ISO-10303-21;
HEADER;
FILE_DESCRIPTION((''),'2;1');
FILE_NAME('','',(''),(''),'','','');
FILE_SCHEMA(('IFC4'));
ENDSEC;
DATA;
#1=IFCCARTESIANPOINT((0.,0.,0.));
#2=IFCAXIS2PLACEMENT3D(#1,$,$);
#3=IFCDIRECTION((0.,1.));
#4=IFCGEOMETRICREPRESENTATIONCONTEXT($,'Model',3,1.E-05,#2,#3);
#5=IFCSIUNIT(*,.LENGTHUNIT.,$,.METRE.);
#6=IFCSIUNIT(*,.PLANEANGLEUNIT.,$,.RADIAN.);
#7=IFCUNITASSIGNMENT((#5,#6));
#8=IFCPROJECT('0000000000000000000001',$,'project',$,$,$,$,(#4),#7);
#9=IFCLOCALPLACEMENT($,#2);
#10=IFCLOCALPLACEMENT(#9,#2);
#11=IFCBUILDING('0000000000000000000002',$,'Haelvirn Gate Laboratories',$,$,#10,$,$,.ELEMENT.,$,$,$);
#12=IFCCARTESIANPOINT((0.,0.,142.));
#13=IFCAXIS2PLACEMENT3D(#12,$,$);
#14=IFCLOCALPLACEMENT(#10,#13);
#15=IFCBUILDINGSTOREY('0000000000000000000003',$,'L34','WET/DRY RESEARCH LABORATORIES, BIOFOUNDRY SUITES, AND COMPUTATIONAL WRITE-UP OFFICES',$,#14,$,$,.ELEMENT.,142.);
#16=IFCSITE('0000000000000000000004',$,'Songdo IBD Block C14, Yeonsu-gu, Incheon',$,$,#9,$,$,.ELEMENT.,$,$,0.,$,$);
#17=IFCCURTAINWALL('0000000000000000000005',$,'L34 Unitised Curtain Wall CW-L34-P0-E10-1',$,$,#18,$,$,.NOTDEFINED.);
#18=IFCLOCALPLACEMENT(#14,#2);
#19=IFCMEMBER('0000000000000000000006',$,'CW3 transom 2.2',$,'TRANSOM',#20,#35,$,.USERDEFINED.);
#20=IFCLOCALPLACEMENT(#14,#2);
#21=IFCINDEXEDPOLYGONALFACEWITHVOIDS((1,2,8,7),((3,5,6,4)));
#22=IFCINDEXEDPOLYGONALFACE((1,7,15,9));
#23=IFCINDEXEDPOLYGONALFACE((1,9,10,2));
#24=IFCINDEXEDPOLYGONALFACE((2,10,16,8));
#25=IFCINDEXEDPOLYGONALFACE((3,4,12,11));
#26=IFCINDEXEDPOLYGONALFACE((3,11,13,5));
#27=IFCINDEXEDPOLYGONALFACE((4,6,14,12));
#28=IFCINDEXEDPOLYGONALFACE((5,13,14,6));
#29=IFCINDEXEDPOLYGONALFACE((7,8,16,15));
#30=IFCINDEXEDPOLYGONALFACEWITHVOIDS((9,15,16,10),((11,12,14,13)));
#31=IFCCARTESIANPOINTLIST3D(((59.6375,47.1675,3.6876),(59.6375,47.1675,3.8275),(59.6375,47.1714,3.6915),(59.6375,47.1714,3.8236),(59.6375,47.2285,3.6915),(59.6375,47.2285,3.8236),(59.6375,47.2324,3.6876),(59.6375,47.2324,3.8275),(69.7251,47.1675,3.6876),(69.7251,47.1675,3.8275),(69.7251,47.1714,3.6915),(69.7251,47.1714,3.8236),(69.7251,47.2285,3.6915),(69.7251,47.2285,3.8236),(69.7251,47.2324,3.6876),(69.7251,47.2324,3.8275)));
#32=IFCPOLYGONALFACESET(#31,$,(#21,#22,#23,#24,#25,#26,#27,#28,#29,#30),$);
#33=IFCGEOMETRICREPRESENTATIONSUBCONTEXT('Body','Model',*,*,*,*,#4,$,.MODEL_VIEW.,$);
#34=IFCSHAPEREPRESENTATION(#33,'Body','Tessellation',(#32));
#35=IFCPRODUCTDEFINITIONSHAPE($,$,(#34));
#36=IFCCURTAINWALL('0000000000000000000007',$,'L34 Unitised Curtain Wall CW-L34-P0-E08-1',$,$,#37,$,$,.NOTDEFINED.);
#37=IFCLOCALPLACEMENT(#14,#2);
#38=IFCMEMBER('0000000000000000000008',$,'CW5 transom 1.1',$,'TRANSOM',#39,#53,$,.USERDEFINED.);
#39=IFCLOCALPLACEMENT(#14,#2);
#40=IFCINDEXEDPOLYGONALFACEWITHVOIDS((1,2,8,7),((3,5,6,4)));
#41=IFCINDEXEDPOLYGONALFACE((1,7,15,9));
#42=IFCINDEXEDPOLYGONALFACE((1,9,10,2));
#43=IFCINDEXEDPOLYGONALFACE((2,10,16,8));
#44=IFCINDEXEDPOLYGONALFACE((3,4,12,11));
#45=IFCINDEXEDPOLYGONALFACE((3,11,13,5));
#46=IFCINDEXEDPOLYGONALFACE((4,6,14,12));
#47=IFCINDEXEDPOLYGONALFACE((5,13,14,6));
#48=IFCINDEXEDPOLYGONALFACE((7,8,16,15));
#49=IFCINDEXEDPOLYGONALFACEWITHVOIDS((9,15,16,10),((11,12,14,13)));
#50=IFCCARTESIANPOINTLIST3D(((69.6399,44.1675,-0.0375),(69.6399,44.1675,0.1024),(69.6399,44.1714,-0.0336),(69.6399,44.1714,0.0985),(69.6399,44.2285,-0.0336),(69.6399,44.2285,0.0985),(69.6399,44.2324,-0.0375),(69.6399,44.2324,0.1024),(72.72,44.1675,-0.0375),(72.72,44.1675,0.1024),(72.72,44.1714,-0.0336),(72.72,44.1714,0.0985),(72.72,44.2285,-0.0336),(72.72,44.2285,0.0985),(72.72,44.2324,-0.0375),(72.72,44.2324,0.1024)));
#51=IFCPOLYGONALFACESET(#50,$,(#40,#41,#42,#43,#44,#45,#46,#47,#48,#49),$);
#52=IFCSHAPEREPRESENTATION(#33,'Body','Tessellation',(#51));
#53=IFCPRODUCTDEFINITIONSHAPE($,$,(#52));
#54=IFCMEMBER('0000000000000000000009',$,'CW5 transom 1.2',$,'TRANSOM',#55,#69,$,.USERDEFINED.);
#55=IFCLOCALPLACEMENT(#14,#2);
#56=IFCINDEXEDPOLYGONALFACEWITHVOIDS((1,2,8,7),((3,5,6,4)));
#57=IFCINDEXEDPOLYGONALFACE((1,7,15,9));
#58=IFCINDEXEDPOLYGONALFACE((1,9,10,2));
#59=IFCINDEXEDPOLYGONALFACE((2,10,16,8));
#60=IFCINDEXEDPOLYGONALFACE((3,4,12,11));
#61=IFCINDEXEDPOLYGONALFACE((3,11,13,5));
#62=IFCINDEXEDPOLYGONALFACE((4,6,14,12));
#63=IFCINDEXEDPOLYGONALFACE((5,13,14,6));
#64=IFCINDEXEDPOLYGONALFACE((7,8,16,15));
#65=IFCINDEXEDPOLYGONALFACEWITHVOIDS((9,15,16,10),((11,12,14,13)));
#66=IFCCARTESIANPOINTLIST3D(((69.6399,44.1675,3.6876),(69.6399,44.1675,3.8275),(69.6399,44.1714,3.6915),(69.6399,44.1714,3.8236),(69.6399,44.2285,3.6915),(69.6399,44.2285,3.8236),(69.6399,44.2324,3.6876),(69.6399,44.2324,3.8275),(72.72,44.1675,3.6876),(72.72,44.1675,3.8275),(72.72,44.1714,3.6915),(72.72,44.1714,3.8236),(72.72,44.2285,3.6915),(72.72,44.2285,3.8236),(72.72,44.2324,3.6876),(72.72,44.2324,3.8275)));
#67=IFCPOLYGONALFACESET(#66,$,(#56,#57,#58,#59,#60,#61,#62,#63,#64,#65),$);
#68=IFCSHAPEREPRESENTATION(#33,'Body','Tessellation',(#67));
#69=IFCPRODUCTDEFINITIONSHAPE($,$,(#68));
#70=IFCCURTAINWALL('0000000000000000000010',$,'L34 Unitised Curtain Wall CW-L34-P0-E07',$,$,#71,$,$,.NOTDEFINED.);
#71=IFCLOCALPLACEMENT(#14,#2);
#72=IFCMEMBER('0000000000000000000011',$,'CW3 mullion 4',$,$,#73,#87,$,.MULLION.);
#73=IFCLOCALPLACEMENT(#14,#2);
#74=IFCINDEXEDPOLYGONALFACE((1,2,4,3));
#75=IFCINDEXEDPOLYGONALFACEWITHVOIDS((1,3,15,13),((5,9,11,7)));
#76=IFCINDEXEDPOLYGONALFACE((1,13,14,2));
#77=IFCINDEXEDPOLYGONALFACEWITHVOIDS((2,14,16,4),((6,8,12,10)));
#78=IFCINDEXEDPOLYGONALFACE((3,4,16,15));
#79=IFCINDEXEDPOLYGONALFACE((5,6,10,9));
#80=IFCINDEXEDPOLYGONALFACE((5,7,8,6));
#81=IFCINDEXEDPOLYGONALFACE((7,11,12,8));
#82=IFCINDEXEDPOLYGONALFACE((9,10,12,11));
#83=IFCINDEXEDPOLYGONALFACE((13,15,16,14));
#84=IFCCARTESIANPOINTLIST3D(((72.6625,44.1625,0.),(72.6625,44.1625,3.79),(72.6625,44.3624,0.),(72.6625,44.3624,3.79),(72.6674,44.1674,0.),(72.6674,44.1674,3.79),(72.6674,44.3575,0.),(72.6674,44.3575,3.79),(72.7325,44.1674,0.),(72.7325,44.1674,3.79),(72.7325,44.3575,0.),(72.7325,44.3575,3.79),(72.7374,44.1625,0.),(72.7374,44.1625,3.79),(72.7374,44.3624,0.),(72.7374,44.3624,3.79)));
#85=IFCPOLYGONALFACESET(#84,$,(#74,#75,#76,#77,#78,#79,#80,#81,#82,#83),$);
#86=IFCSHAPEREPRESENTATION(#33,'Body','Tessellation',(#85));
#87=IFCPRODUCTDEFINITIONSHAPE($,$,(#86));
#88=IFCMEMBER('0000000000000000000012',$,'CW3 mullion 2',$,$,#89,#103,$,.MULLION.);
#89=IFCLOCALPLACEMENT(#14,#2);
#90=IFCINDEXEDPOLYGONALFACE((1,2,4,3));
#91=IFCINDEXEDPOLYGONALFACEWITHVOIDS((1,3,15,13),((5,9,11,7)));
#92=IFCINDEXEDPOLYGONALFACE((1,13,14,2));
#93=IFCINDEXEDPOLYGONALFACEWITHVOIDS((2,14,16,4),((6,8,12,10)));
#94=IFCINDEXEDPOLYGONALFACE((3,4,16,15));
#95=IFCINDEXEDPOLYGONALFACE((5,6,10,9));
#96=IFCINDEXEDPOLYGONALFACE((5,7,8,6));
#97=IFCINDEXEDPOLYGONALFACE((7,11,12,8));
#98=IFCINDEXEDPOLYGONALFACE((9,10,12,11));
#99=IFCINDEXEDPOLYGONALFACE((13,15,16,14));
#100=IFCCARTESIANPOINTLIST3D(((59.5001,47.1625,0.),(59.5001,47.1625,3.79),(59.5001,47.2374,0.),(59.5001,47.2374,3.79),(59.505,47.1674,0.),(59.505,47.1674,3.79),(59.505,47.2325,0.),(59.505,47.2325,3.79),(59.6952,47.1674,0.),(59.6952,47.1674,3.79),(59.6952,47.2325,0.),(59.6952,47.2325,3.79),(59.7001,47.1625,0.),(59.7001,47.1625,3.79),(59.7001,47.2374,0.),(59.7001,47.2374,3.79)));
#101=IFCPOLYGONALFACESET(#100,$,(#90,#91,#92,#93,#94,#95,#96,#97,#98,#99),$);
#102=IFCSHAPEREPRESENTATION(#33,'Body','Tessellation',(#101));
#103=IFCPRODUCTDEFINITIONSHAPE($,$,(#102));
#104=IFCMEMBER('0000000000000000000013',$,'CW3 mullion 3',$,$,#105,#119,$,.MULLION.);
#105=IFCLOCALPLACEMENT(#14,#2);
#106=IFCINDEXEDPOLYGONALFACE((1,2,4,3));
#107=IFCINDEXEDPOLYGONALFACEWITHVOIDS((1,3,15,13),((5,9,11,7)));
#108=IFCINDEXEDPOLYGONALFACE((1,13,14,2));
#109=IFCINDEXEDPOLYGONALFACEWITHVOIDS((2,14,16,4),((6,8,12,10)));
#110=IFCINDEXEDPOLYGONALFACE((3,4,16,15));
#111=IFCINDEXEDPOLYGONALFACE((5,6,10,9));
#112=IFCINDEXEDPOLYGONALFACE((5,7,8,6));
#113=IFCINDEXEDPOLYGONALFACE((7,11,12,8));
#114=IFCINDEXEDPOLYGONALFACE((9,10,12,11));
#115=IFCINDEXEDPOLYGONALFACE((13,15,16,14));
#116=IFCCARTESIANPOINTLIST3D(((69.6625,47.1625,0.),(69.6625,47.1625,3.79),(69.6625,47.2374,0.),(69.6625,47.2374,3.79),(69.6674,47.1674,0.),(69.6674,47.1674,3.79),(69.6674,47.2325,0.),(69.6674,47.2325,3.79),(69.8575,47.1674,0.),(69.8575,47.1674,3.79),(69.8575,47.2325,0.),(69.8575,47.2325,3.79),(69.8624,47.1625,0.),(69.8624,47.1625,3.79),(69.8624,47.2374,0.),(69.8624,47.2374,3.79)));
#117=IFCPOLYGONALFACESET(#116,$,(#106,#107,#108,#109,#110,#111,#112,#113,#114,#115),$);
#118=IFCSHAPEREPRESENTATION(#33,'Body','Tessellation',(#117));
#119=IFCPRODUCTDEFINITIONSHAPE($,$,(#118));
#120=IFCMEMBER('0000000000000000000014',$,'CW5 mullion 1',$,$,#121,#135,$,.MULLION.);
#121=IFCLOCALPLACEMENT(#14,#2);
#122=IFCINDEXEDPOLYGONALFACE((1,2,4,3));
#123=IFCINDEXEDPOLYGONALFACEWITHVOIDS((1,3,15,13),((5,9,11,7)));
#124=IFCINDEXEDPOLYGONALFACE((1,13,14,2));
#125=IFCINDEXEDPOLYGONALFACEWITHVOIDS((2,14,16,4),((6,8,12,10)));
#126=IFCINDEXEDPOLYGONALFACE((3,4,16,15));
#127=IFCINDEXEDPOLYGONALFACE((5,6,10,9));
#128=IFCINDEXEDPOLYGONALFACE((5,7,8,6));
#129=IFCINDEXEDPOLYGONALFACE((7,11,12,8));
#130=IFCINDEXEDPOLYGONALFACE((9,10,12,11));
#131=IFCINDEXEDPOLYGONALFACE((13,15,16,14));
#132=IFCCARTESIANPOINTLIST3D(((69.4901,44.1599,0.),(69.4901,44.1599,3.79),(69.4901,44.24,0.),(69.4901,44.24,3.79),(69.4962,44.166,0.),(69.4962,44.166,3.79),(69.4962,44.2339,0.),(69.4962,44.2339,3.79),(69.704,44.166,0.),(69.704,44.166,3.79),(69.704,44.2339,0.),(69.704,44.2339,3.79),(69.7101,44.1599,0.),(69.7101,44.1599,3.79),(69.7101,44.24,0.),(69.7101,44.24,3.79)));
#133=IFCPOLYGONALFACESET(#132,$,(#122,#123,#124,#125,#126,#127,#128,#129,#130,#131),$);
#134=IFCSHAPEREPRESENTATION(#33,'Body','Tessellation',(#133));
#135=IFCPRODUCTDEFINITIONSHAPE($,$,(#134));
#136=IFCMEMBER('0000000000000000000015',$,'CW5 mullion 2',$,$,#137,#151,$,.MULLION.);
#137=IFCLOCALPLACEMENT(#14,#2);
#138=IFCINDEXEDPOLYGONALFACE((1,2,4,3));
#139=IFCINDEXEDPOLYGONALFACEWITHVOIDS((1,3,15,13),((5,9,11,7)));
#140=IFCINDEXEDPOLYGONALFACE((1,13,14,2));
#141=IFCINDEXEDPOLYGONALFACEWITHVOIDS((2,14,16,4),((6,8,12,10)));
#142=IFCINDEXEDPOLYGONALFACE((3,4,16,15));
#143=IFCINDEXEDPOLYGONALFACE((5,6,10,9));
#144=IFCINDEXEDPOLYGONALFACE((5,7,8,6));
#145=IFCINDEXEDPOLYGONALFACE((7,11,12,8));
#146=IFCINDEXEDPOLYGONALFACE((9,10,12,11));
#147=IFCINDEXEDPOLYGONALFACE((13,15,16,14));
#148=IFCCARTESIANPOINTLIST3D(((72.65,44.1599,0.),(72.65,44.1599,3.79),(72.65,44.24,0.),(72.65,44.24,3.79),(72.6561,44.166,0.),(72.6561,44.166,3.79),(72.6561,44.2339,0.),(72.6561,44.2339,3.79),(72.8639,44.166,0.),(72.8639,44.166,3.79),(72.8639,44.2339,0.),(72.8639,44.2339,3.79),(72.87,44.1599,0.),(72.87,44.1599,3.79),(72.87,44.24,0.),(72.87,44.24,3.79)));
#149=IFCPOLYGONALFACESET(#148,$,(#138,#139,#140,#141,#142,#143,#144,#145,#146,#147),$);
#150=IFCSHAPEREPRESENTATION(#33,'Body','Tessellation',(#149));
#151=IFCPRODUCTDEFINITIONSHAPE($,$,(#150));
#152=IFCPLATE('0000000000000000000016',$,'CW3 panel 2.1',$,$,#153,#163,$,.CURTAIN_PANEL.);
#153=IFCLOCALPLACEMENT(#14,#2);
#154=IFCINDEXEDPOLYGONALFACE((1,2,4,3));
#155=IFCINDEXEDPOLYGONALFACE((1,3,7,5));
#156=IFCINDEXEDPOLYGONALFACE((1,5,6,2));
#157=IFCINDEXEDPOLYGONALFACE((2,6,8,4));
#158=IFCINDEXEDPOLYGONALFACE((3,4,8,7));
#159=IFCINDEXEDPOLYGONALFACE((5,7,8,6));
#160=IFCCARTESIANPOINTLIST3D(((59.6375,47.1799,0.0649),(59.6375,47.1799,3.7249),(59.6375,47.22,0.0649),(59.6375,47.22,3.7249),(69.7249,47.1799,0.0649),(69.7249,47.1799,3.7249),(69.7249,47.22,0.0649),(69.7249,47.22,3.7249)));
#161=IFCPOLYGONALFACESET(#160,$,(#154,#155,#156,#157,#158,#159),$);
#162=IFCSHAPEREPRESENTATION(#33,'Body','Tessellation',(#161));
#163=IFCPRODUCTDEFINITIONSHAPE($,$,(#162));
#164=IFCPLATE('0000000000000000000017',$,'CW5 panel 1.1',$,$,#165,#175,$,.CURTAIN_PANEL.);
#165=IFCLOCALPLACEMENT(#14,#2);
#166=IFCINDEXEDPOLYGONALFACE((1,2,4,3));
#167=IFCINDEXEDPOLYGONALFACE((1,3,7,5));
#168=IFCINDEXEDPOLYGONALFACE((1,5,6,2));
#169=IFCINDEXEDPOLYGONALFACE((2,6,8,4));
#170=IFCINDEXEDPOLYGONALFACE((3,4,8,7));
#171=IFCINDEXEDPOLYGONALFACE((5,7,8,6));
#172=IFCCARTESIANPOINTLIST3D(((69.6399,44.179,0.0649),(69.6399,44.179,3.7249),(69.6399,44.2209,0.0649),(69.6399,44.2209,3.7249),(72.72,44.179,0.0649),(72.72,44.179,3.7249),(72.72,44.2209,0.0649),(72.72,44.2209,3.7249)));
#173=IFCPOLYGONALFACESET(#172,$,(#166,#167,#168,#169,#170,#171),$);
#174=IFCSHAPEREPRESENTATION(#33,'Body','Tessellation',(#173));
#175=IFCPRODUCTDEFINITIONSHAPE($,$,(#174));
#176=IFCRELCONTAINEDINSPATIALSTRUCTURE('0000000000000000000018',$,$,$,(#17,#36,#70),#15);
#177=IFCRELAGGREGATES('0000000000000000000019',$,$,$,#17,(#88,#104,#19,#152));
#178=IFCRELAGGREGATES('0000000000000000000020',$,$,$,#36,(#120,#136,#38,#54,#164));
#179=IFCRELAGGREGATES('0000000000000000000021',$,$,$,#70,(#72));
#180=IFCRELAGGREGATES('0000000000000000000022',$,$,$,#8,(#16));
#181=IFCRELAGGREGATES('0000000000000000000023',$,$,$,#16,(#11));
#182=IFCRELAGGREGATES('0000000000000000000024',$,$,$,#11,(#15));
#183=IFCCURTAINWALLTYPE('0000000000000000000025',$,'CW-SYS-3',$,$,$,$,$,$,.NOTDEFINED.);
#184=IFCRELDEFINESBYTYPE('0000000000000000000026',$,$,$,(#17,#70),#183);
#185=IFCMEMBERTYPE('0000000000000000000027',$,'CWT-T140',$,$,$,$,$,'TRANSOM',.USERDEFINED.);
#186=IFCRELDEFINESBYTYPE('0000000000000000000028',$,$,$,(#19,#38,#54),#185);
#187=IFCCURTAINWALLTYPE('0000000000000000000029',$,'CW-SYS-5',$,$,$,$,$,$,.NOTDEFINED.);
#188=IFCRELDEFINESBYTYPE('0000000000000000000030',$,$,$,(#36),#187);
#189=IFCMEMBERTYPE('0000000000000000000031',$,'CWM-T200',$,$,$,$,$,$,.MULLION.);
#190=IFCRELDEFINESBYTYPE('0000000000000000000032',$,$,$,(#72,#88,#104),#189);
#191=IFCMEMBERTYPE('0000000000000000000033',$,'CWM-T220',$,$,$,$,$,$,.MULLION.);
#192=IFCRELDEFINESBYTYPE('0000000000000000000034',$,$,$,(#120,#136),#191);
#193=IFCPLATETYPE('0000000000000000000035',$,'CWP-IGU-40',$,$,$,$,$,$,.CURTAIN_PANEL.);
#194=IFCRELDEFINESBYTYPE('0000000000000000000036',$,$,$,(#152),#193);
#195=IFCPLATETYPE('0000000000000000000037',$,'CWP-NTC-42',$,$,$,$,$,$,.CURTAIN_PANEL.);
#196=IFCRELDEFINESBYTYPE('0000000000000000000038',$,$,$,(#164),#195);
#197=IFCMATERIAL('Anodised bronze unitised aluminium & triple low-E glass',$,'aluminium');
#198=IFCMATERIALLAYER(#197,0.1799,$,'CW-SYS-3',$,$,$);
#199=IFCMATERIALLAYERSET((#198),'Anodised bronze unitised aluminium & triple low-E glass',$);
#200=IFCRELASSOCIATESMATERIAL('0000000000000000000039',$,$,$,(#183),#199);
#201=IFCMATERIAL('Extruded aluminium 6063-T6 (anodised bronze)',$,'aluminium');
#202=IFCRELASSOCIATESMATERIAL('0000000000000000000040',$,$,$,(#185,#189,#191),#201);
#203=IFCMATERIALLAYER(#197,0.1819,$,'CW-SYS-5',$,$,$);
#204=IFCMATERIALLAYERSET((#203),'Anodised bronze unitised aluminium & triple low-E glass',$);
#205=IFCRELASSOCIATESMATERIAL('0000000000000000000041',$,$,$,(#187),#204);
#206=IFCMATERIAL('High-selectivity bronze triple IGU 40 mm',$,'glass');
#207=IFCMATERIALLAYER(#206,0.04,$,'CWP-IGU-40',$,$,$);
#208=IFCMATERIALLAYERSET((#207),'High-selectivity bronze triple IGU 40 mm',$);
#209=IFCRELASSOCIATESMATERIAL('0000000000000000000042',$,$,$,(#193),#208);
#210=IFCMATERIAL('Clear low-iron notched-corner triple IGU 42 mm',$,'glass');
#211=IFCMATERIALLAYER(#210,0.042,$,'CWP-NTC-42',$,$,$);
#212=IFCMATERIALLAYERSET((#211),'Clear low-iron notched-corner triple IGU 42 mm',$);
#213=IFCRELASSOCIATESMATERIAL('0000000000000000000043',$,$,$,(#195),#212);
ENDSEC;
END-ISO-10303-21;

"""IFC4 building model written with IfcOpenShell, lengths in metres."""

from ifc_helpers import new_model, si_unit, direction, frame, origin, origin_2d, place, context, subcontext, project, spatial, rectangle, hollow_rectangle, extrude, source, transform, mapped, material, layer, layer_set, material_profile, profile_set, type_object, type_shapes, element, aggregate, save


model = new_model("IFC4")

# Units and contexts
model_context = context("Model", 3, precision=1e-05, world=origin(), true_north=direction((0.0, 1.0)))
body_context = subcontext(model_context, "Body", "Model", "MODEL_VIEW")
ifc_project = project(units=[si_unit("LENGTHUNIT", "METRE"), si_unit("PLANEANGLEUNIT", "RADIAN")], contexts=[model_context])

# Site, building, storey
site_placement = place(None, origin())
site = spatial("IfcSite", under=ifc_project, at=site_placement, Name="Songdo IBD Block C14, Yeonsu-gu, Incheon", CompositionType="ELEMENT", RefElevation=0.0)
building_placement = place(site_placement, origin())
building = spatial("IfcBuilding", under=site, at=building_placement, Name="Haelvirn Gate Laboratories", CompositionType="ELEMENT")
storey_placement = place(building_placement, frame((0.0, 0.0, 142.0)))
storey = spatial("IfcBuildingStorey", under=building, at=storey_placement, Name="L34", Description="WET/DRY RESEARCH LABORATORIES, BIOFOUNDRY SUITES, AND COMPUTATIONAL WRITE-UP OFFICES", CompositionType="ELEMENT", Elevation=142.0)

# Curtain walls, members
ifc_material_1 = material(Name="Anodised bronze unitised aluminium & triple low-E glass", Category="aluminium")
ifc_layer_1 = layer(ifc_material_1, 0.1799, Name="CW-SYS-3")
ifc_layer_set_1 = layer_set([ifc_layer_1], Name="Anodised bronze unitised aluminium & triple low-E glass")
curtain_wall_type_1 = type_object("IfcCurtainWallType", Name="CW-SYS-3", PredefinedType="NOTDEFINED", material=ifc_layer_set_1)
curtain_wall_1_placement = place(storey_placement, origin())
curtain_wall_1 = element("IfcCurtainWall", 1, at=curtain_wall_1_placement, inside=storey, type_object=curtain_wall_type_1, Name="L34 Unitised Curtain Wall CW-L34-P0-E10-1", PredefinedType="NOTDEFINED")
ifc_material_2 = material(Name="Extruded aluminium 6063-T6 (anodised bronze)", Category="aluminium")
ifc_material_profile_1 = material_profile(ifc_material_2, hollow_rectangle(XDim=0.0649, YDim=0.1399, WallThickness=0.0039, at=origin_2d()), Name="CWT-140x65x4")
ifc_profile_set_1 = profile_set([ifc_material_profile_1], Name="Extruded aluminium 6063-T6 (anodised bronze)")
member_type_1 = type_object("IfcMemberType", Name="CWT-T140", ElementType="TRANSOM", PredefinedType="USERDEFINED", material=ifc_profile_set_1)
shared_shape_1 = source(origin(), body_context, "Body", "SweptSolid", [
    extrude(hollow_rectangle(XDim=0.0649, YDim=0.1399, WallThickness=0.0039, at=origin_2d()), origin(), (0.0, 0.0, 1.0), 10.0876),
])
member_1_placement = place(storey_placement, frame((59.6375, 47.2, 3.7576), z_axis=(1.0, 0.0, 0.0), x_axis=(0.0, 1.0, 0.0)))
member_1 = element("IfcMember", 2, at=member_1_placement, type_object=member_type_1, Name="CW3 transom 2.2", ObjectType="TRANSOM", PredefinedType="USERDEFINED", context=body_context, shape_type="MappedRepresentation", body=[
    mapped(shared_shape_1, transform((0.0, 0.0, 0.0), scale=1.0)),
])
ifc_layer_2 = layer(ifc_material_1, 0.1819, Name="CW-SYS-5")
ifc_layer_set_2 = layer_set([ifc_layer_2], Name="Anodised bronze unitised aluminium & triple low-E glass")
curtain_wall_type_2 = type_object("IfcCurtainWallType", Name="CW-SYS-5", PredefinedType="NOTDEFINED", material=ifc_layer_set_2)
curtain_wall_2_placement = place(storey_placement, origin())
curtain_wall_2 = element("IfcCurtainWall", 3, at=curtain_wall_2_placement, inside=storey, type_object=curtain_wall_type_2, Name="L34 Unitised Curtain Wall CW-L34-P0-E08-1", PredefinedType="NOTDEFINED")
shared_shape_2 = source(origin(), body_context, "Body", "SweptSolid", [
    extrude(hollow_rectangle(XDim=0.0649, YDim=0.1399, WallThickness=0.0039, at=origin_2d()), origin(), (0.0, 0.0, 1.0), 3.0801),
])
type_shapes(member_type_1, [shared_shape_1, shared_shape_2])
member_2_placement = place(storey_placement, frame((69.6399, 44.2, 0.0325), z_axis=(1.0, 0.0, 0.0), x_axis=(0.0, 1.0, 0.0)))
member_2 = element("IfcMember", 4, at=member_2_placement, type_object=member_type_1, Name="CW5 transom 1.1", ObjectType="TRANSOM", PredefinedType="USERDEFINED", context=body_context, shape_type="MappedRepresentation", body=[
    mapped(shared_shape_2, transform((0.0, 0.0, 0.0), scale=1.0)),
])
member_3_placement = place(storey_placement, frame((69.6399, 44.2, 3.7576), z_axis=(1.0, 0.0, 0.0), x_axis=(0.0, 1.0, 0.0)))
member_3 = element("IfcMember", 5, at=member_3_placement, type_object=member_type_1, Name="CW5 transom 1.2", ObjectType="TRANSOM", PredefinedType="USERDEFINED", context=body_context, shape_type="MappedRepresentation", body=[
    mapped(shared_shape_2, transform((0.0, 0.0, 0.0), scale=1.0)),
])

# Curtain wall, member
curtain_wall_3_placement = place(storey_placement, origin())
curtain_wall_3 = element("IfcCurtainWall", 6, at=curtain_wall_3_placement, inside=storey, type_object=curtain_wall_type_1, Name="L34 Unitised Curtain Wall CW-L34-P0-E07", PredefinedType="NOTDEFINED")
ifc_material_profile_2 = material_profile(ifc_material_2, hollow_rectangle(XDim=0.075, YDim=0.2, WallThickness=0.0049, at=origin_2d()), Name="CWM-200x75x5")
ifc_profile_set_2 = profile_set([ifc_material_profile_2], Name="Extruded aluminium 6063-T6 (anodised bronze)")
member_type_2 = type_object("IfcMemberType", Name="CWM-T200", PredefinedType="MULLION", material=ifc_profile_set_2)
shared_shape_3 = source(origin(), body_context, "Body", "SweptSolid", [
    extrude(hollow_rectangle(XDim=0.075, YDim=0.2, WallThickness=0.0049, at=origin_2d()), origin(), (0.0, 0.0, 1.0), 3.79),
])
type_shapes(member_type_2, [shared_shape_3])
member_4_placement = place(storey_placement, frame((72.7, 44.2625, 0.0), z_axis=(0.0, 0.0, 1.0), x_axis=(-1.0, 0.0, 0.0)))
member_4 = element("IfcMember", 7, at=member_4_placement, type_object=member_type_2, Name="CW3 mullion 4", PredefinedType="MULLION", context=body_context, shape_type="MappedRepresentation", body=[
    mapped(shared_shape_3, transform((0.0, 0.0, 0.0), scale=1.0)),
])

# Members
member_5_placement = place(storey_placement, frame((59.6001, 47.2, 0.0), z_axis=(0.0, 0.0, 1.0), x_axis=(0.0, 1.0, 0.0)))
member_5 = element("IfcMember", 8, at=member_5_placement, type_object=member_type_2, Name="CW3 mullion 2", PredefinedType="MULLION", context=body_context, shape_type="MappedRepresentation", body=[
    mapped(shared_shape_3, transform((0.0, 0.0, 0.0), scale=1.0)),
])
member_6_placement = place(storey_placement, frame((69.7625, 47.2, 0.0), z_axis=(0.0, 0.0, 1.0), x_axis=(0.0, 1.0, 0.0)))
member_6 = element("IfcMember", 9, at=member_6_placement, type_object=member_type_2, Name="CW3 mullion 3", PredefinedType="MULLION", context=body_context, shape_type="MappedRepresentation", body=[
    mapped(shared_shape_3, transform((0.0, 0.0, 0.0), scale=1.0)),
])
ifc_material_profile_3 = material_profile(ifc_material_2, hollow_rectangle(XDim=0.0801, YDim=0.22, WallThickness=0.0061, at=origin_2d()), Name="CWM-220x80x6")
ifc_profile_set_3 = profile_set([ifc_material_profile_3], Name="Extruded aluminium 6063-T6 (anodised bronze)")
member_type_3 = type_object("IfcMemberType", Name="CWM-T220", PredefinedType="MULLION", material=ifc_profile_set_3)
shared_shape_4 = source(origin(), body_context, "Body", "SweptSolid", [
    extrude(hollow_rectangle(XDim=0.0801, YDim=0.22, WallThickness=0.0061, at=origin_2d()), origin(), (0.0, 0.0, 1.0), 3.79),
])
type_shapes(member_type_3, [shared_shape_4])
member_7_placement = place(storey_placement, frame((69.6001, 44.2, 0.0), z_axis=(0.0, 0.0, 1.0), x_axis=(0.0, 1.0, 0.0)))
member_7 = element("IfcMember", 10, at=member_7_placement, type_object=member_type_3, Name="CW5 mullion 1", PredefinedType="MULLION", context=body_context, shape_type="MappedRepresentation", body=[
    mapped(shared_shape_4, transform((0.0, 0.0, 0.0), scale=1.0)),
])
member_8_placement = place(storey_placement, frame((72.76, 44.2, 0.0), z_axis=(0.0, 0.0, 1.0), x_axis=(0.0, 1.0, 0.0)))
member_8 = element("IfcMember", 11, at=member_8_placement, type_object=member_type_3, Name="CW5 mullion 2", PredefinedType="MULLION", context=body_context, shape_type="MappedRepresentation", body=[
    mapped(shared_shape_4, transform((0.0, 0.0, 0.0), scale=1.0)),
])

# Plates
ifc_material_3 = material(Name="High-selectivity bronze triple IGU 40 mm", Category="glass")
ifc_layer_3 = layer(ifc_material_3, 0.04, Name="CWP-IGU-40")
ifc_layer_set_3 = layer_set([ifc_layer_3], Name="High-selectivity bronze triple IGU 40 mm")
plate_type_1 = type_object("IfcPlateType", Name="CWP-IGU-40", PredefinedType="CURTAIN_PANEL", material=ifc_layer_set_3)
shared_shape_5 = source(origin(), body_context, "Body", "SweptSolid", [
    extrude(rectangle(XDim=10.0874, YDim=0.04, at=origin_2d()), origin(), (0.0, 0.0, 1.0), 3.6599),
])
plate_1_placement = place(storey_placement, frame((64.6812, 47.2, 0.0649), z_axis=(0.0, 0.0, 1.0), x_axis=(1.0, 0.0, 0.0)))
plate_1 = element("IfcPlate", 12, at=plate_1_placement, type_object=plate_type_1, Name="CW3 panel 2.1", PredefinedType="CURTAIN_PANEL", context=body_context, shape_type="MappedRepresentation", body=[
    mapped(shared_shape_5, transform((0.0, 0.0, 0.0), scale=1.0)),
])
aggregate(curtain_wall_1, [member_5, member_6, member_1, plate_1])
ifc_material_4 = material(Name="Clear low-iron notched-corner triple IGU 42 mm", Category="glass")
ifc_layer_4 = layer(ifc_material_4, 0.042, Name="CWP-NTC-42")
ifc_layer_set_4 = layer_set([ifc_layer_4], Name="Clear low-iron notched-corner triple IGU 42 mm")
plate_type_2 = type_object("IfcPlateType", Name="CWP-NTC-42", PredefinedType="CURTAIN_PANEL", material=ifc_layer_set_4)
shared_shape_6 = source(origin(), body_context, "Body", "SweptSolid", [
    extrude(rectangle(XDim=3.0801, YDim=0.042, at=origin_2d()), origin(), (0.0, 0.0, 1.0), 3.6599),
])
type_shapes(plate_type_2, [shared_shape_6])
plate_2_placement = place(storey_placement, frame((71.1799, 44.2, 0.0649), z_axis=(0.0, 0.0, 1.0), x_axis=(1.0, 0.0, 0.0)))
plate_2 = element("IfcPlate", 13, at=plate_2_placement, type_object=plate_type_2, Name="CW5 panel 1.1", PredefinedType="CURTAIN_PANEL", context=body_context, shape_type="MappedRepresentation", body=[
    mapped(shared_shape_6, transform((0.0, 0.0, 0.0), scale=1.0)),
])
aggregate(curtain_wall_2, [member_7, member_8, member_2, member_3, plate_2])
aggregate(curtain_wall_3, [member_4])

save(model, "model.ifc")
